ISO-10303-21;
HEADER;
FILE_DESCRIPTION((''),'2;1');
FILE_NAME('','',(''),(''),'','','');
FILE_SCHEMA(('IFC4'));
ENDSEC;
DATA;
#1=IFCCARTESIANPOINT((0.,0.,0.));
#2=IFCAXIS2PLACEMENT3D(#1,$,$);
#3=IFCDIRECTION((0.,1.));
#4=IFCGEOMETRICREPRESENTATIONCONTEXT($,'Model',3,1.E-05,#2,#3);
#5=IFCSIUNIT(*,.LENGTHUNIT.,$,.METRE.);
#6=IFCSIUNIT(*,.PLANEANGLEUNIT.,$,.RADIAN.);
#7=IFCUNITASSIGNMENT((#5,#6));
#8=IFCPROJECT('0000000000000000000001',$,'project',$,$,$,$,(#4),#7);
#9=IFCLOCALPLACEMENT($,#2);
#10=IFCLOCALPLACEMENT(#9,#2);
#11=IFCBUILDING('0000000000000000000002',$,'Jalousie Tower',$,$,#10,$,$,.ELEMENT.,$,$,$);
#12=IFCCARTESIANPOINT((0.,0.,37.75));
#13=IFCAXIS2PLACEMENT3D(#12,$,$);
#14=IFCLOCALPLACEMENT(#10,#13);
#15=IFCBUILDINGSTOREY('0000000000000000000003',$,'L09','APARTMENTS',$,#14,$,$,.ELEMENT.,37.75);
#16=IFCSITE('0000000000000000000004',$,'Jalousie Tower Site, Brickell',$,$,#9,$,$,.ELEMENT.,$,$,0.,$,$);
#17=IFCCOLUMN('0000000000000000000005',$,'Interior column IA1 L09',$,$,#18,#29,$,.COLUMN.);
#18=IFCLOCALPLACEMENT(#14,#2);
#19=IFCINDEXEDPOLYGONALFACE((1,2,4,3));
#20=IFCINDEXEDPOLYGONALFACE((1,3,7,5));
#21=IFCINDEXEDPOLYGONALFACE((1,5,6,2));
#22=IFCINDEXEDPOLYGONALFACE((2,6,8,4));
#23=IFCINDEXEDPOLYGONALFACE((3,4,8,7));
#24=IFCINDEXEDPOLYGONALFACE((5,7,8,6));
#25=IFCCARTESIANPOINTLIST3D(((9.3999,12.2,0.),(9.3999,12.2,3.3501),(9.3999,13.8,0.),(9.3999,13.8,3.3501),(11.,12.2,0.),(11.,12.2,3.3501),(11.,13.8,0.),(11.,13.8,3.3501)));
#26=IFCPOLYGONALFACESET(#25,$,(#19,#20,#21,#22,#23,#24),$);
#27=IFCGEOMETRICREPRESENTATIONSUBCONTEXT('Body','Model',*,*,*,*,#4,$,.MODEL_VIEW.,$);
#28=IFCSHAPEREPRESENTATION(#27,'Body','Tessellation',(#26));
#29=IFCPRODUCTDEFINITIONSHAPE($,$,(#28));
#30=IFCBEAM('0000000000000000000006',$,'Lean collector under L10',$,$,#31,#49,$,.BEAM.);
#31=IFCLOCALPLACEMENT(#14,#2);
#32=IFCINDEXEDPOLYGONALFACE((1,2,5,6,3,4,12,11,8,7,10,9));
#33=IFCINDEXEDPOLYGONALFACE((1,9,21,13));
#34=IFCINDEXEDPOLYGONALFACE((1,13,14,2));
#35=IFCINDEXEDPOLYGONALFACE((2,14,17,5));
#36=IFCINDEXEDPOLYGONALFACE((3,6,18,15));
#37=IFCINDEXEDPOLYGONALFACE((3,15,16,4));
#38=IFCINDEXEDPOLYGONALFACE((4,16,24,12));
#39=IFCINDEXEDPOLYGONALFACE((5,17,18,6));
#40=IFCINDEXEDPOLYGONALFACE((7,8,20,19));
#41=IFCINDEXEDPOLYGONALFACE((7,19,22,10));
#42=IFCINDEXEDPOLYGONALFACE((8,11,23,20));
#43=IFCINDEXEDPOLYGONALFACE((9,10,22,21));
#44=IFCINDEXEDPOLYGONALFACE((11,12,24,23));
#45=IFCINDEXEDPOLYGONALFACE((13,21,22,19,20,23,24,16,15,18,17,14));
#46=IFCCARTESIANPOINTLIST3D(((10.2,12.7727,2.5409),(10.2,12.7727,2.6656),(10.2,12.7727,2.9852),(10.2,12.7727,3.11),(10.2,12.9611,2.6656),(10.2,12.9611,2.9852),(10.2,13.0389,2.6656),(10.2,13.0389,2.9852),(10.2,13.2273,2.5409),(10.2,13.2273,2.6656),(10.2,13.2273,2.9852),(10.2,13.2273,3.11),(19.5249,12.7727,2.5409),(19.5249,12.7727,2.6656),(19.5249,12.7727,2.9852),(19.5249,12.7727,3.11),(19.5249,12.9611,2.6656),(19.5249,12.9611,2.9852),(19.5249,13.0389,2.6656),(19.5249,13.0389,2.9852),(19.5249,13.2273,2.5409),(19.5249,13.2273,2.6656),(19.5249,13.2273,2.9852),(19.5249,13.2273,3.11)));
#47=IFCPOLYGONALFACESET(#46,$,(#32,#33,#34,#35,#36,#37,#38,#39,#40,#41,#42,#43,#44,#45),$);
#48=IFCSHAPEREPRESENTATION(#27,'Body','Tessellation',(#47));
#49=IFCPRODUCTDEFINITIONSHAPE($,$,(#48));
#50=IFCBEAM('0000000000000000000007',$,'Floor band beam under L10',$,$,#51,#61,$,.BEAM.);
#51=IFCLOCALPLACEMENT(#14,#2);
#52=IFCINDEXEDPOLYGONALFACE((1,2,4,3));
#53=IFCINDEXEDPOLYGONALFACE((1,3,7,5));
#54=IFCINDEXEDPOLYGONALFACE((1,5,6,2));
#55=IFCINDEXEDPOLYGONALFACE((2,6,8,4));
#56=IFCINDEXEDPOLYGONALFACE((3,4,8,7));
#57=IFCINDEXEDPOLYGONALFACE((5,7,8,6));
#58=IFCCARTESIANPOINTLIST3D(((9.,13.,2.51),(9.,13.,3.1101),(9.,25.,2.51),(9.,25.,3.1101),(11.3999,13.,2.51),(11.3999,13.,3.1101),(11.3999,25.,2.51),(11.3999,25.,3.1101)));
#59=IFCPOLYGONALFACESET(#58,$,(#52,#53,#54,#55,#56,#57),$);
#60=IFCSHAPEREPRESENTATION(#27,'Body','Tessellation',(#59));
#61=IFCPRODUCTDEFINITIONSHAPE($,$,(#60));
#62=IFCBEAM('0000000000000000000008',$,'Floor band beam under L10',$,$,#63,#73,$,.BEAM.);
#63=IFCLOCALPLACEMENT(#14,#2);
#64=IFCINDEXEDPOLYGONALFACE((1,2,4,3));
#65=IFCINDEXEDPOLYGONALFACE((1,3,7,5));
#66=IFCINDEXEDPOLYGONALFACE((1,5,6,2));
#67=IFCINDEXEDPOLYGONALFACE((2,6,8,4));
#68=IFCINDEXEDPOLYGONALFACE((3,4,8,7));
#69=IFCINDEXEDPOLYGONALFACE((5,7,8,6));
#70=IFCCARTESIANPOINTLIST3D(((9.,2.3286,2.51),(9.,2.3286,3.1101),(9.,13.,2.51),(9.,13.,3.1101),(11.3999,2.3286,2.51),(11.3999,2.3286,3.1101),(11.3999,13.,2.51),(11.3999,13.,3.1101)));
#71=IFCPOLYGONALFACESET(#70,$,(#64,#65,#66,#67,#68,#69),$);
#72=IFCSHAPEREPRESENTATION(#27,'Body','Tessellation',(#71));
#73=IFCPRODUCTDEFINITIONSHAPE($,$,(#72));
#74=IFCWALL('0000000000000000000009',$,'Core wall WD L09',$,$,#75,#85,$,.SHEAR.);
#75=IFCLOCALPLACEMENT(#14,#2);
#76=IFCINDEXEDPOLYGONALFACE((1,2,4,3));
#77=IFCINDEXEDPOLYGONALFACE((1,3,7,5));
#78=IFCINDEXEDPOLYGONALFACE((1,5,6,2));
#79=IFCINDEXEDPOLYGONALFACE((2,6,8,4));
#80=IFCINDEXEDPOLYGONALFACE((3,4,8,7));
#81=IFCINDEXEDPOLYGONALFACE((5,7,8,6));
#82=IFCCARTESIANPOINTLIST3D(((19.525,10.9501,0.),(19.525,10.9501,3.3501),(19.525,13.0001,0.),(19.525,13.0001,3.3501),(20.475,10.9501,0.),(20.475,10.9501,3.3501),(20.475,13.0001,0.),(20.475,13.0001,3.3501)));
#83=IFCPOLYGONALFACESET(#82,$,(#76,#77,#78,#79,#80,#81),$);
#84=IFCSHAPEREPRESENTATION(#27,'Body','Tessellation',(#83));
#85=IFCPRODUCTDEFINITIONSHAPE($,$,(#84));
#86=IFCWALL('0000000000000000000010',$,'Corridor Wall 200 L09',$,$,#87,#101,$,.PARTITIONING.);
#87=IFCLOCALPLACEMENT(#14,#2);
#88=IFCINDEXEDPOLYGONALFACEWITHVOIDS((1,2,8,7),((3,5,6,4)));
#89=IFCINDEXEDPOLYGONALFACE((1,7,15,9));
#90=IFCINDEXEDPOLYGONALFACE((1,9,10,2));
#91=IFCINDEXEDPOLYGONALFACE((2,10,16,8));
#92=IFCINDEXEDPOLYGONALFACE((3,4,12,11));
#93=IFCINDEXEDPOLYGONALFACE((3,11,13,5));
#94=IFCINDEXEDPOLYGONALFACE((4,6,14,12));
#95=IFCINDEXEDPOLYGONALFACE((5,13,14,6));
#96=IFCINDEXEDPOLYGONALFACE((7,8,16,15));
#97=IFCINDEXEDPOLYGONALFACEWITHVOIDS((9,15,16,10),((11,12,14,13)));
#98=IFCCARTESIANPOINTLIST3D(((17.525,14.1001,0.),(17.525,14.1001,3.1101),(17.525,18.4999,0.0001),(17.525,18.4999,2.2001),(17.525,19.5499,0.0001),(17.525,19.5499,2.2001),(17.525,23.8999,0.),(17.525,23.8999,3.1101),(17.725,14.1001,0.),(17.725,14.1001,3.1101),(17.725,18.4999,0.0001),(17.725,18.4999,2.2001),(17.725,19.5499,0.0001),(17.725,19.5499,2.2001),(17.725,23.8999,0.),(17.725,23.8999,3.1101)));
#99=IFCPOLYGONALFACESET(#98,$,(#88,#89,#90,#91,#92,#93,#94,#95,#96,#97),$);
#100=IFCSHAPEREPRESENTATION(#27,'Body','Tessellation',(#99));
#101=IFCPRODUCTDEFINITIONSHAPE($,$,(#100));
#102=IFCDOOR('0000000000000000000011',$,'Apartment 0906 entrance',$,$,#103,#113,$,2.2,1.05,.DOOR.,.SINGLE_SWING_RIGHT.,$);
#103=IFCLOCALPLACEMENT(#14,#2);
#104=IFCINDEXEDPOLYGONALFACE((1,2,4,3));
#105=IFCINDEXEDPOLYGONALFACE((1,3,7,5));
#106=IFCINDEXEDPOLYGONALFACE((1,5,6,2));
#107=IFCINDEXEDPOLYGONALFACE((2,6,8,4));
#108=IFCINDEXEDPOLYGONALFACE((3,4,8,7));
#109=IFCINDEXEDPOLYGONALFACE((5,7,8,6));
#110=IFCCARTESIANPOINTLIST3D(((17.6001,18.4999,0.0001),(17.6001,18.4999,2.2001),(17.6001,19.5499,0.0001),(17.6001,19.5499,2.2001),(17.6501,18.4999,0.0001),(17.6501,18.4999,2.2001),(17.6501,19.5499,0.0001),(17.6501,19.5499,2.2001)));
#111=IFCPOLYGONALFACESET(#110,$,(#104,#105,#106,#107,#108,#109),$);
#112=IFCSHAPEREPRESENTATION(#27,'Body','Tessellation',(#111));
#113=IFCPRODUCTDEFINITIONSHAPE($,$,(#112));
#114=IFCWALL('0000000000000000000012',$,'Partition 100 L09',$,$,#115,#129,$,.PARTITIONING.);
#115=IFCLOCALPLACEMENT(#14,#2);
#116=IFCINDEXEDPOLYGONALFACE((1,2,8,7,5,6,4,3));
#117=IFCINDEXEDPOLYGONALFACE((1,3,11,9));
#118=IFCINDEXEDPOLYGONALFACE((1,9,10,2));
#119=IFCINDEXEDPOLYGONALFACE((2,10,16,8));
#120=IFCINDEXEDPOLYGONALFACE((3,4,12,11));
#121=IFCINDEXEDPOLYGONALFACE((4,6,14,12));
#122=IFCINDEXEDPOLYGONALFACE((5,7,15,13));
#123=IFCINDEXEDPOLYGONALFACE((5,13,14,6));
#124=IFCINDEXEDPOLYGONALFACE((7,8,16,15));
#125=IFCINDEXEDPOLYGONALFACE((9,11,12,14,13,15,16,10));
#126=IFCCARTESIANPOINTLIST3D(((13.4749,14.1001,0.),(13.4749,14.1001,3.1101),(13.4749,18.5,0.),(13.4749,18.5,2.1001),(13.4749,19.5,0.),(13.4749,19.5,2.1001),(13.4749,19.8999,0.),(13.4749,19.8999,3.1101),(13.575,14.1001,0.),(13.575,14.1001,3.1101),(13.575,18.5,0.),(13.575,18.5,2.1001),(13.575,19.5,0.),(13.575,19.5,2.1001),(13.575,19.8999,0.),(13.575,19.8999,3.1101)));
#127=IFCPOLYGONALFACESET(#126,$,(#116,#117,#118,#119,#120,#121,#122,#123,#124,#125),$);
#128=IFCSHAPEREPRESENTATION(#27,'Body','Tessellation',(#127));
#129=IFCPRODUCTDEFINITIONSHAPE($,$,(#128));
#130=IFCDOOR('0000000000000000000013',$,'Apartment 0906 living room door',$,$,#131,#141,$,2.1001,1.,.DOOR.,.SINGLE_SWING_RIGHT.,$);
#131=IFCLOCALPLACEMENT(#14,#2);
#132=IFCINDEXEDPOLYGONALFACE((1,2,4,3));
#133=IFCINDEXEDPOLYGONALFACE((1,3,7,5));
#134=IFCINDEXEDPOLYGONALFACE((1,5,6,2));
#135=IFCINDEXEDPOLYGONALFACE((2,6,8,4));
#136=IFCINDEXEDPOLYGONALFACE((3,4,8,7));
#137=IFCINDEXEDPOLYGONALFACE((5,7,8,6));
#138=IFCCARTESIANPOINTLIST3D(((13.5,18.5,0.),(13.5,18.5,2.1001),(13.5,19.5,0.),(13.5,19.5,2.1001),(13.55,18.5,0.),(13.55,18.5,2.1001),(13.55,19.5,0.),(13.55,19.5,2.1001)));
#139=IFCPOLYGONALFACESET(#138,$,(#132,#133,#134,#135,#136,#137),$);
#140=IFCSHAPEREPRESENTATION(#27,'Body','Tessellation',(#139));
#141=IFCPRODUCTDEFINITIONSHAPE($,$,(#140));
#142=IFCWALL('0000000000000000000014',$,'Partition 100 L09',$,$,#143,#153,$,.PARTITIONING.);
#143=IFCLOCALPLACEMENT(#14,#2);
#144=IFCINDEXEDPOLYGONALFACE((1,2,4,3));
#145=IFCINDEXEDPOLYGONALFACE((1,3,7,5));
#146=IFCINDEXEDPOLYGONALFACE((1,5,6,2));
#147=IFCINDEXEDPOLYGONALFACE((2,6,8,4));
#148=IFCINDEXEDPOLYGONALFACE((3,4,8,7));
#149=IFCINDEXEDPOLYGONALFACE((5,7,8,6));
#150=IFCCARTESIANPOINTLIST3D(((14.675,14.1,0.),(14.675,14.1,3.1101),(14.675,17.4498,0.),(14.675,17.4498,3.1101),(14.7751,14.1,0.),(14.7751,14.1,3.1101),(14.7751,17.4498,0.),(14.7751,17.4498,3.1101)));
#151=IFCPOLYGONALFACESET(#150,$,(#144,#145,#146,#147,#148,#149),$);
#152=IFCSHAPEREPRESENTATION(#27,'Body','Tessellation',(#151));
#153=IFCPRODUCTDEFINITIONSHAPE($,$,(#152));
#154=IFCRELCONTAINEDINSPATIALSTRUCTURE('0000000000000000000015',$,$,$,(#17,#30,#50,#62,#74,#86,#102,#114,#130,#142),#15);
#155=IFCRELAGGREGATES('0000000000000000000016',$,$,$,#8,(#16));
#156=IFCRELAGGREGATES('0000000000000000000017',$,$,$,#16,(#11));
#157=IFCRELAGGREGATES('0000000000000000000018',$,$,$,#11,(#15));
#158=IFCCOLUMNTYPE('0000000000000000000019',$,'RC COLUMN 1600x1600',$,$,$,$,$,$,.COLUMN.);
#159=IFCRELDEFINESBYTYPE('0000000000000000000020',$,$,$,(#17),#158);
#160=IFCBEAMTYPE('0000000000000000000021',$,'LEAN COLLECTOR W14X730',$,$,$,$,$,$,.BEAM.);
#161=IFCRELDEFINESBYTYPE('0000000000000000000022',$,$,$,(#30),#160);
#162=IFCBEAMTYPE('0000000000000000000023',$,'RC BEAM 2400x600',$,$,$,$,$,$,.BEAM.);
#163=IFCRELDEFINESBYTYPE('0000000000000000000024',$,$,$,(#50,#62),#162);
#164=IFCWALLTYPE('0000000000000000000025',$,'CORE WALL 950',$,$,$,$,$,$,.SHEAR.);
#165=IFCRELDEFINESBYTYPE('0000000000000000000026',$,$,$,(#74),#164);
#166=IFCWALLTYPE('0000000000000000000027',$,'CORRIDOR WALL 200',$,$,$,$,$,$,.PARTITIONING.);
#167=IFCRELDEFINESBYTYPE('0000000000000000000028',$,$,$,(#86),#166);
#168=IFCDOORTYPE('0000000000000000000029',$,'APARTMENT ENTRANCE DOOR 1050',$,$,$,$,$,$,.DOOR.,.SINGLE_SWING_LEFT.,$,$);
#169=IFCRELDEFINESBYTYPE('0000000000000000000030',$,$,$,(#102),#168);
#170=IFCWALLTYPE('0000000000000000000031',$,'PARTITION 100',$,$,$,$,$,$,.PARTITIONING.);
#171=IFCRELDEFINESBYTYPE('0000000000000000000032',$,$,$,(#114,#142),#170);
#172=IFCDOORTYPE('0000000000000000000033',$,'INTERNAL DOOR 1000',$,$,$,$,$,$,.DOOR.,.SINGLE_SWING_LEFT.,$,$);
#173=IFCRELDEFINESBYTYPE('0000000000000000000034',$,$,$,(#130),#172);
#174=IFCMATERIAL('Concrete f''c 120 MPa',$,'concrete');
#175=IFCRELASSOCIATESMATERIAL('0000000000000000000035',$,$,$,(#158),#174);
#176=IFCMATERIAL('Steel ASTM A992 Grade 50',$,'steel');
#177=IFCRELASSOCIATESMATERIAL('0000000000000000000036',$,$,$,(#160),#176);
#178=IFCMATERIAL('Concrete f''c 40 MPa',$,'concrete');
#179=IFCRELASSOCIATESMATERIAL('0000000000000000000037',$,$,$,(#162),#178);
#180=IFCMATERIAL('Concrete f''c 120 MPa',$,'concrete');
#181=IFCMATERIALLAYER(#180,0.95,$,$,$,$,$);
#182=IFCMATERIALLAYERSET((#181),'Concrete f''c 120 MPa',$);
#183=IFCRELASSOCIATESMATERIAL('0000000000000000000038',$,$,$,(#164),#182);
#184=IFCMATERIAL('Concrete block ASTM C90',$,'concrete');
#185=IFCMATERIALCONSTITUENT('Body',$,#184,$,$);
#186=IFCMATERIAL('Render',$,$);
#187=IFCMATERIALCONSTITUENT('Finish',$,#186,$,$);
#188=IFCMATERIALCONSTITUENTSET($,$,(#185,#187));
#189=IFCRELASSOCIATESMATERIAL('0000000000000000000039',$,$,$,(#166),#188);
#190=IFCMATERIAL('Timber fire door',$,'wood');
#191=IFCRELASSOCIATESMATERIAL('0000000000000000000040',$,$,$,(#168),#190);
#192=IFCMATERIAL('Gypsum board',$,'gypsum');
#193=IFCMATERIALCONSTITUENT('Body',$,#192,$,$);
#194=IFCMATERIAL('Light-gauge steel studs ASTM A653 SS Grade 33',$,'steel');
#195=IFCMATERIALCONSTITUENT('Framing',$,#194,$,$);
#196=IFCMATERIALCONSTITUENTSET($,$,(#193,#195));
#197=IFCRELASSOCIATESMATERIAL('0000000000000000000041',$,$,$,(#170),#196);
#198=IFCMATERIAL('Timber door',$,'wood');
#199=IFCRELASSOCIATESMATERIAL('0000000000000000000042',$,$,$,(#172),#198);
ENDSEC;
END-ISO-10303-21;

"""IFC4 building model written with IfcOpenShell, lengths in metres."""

from ifc_helpers import new_model, si_unit, direction, frame, frame_2d, origin, origin_2d, place, context, subcontext, project, spatial, rectangle, i_section, extrude, material, layer, layer_set, constituent, constituent_set, material_profile, profile_set, type_object, element, fill, save


model = new_model("IFC4")

# Units and contexts
model_context = context("Model", 3, precision=1e-05, world=origin(), true_north=direction((0.0, 1.0)))
body_context = subcontext(model_context, "Body", "Model", "MODEL_VIEW")
ifc_project = project(units=[si_unit("LENGTHUNIT", "METRE"), si_unit("PLANEANGLEUNIT", "RADIAN")], contexts=[model_context])

# Site, building, storey
site_placement = place(None, origin())
site = spatial("IfcSite", under=ifc_project, at=site_placement, Name="Jalousie Tower Site, Brickell", CompositionType="ELEMENT", RefElevation=0.0)
building_placement = place(site_placement, origin())
building = spatial("IfcBuilding", under=site, at=building_placement, Name="Jalousie Tower", CompositionType="ELEMENT")
storey_placement = place(building_placement, frame((0.0, 0.0, 37.75)))
storey = spatial("IfcBuildingStorey", under=building, at=storey_placement, Name="L09", Description="APARTMENTS", CompositionType="ELEMENT", Elevation=37.75)

# Column
ifc_material_1 = material(Name="Concrete f'c 120 MPa", Category="concrete")
ifc_material_profile_1 = material_profile(ifc_material_1, rectangle(XDim=1.6001, YDim=1.6001, at=origin_2d()), Name="RC 1600x1600")
ifc_profile_set_1 = profile_set([ifc_material_profile_1], Name="Concrete f'c 120 MPa")
column_type = type_object("IfcColumnType", Name="RC COLUMN 1600x1600", PredefinedType="COLUMN", material=ifc_profile_set_1)
column_placement = place(storey_placement, frame((10.2, 13.0, 0.0), z_axis=(0.0, 0.0, 1.0), x_axis=(1.0, 0.0, 0.0)))
element("IfcColumn", 1, at=column_placement, inside=storey, type_object=column_type, Name="Interior column IA1 L09", PredefinedType="COLUMN", context=body_context, shape_type="SweptSolid", body=[
    extrude(rectangle(XDim=1.6001, YDim=1.6001, at=origin_2d()), origin(), (0.0, 0.0, 1.0), 3.3501),
])

# Beams
ifc_material_2 = material(Name="Steel ASTM A992 Grade 50", Category="steel")
ifc_material_profile_2 = material_profile(ifc_material_2, i_section(OverallWidth=0.4546, OverallDepth=0.5691, WebThickness=0.0779, FlangeThickness=0.1248, at=origin_2d()), Name="W14X730")
ifc_profile_set_2 = profile_set([ifc_material_profile_2], Name="Steel ASTM A992 Grade 50")
beam_type_1 = type_object("IfcBeamType", Name="LEAN COLLECTOR W14X730", PredefinedType="BEAM", material=ifc_profile_set_2)
beam_1_placement = place(storey_placement, frame((10.2, 13.0, 2.8254), z_axis=(1.0, 0.0, 0.0), x_axis=(0.0, 1.0, 0.0)))
element("IfcBeam", 2, at=beam_1_placement, inside=storey, type_object=beam_type_1, Name="Lean collector under L10", PredefinedType="BEAM", context=body_context, shape_type="SweptSolid", body=[
    extrude(i_section(OverallWidth=0.4546, OverallDepth=0.5691, WebThickness=0.0779, FlangeThickness=0.1248, at=origin_2d()), origin(), (0.0, 0.0, 1.0), 9.325),
])
ifc_material_3 = material(Name="Concrete f'c 40 MPa", Category="concrete")
ifc_material_profile_3 = material_profile(ifc_material_3, rectangle(XDim=2.3999, YDim=0.6001, at=origin_2d()), Name="RC 2400x600")
ifc_profile_set_3 = profile_set([ifc_material_profile_3], Name="Concrete f'c 40 MPa")
beam_type_2 = type_object("IfcBeamType", Name="RC BEAM 2400x600", PredefinedType="BEAM", material=ifc_profile_set_3)
beam_2_placement = place(storey_placement, frame((10.2, 13.0, 2.8101), z_axis=(0.0, 1.0, 0.0), x_axis=(-1.0, 0.0, 0.0)))
element("IfcBeam", 3, at=beam_2_placement, inside=storey, type_object=beam_type_2, Name="Floor band beam under L10", PredefinedType="BEAM", context=body_context, shape_type="SweptSolid", body=[
    extrude(rectangle(XDim=2.3999, YDim=0.6001, at=origin_2d()), origin(), (0.0, 0.0, 1.0), 12.0),
])
beam_3_placement = place(storey_placement, frame((10.2, 13.0, 2.8101), z_axis=(0.0, -1.0, 0.0), x_axis=(1.0, 0.0, 0.0)))
element("IfcBeam", 4, at=beam_3_placement, inside=storey, type_object=beam_type_2, Name="Floor band beam under L10", PredefinedType="BEAM", context=body_context, shape_type="SweptSolid", body=[
    extrude(rectangle(XDim=2.3999, YDim=0.6001, at=origin_2d()), origin(), (0.0, 0.0, 1.0), 10.6714),
])

# Wall
ifc_material_4 = material(Name="Concrete f'c 120 MPa", Category="concrete")
ifc_layer = layer(ifc_material_4, 0.95)
ifc_layer_set = layer_set([ifc_layer], Name="Concrete f'c 120 MPa")
wall_type_1 = type_object("IfcWallType", Name="CORE WALL 950", PredefinedType="SHEAR", material=ifc_layer_set)
wall_1_placement = place(storey_placement, frame((20.0, 13.0, 0.0), z_axis=(0.0, 0.0, 1.0), x_axis=(0.0, -1.0, 0.0)))
element("IfcWall", 5, at=wall_1_placement, inside=storey, type_object=wall_type_1, Name="Core wall WD L09", PredefinedType="SHEAR", context=body_context, shape_type="SweptSolid", body=[
    extrude(rectangle(XDim=2.05, YDim=0.95, at=frame_2d((1.0249, 0.0))), origin(), (0.0, 0.0, 1.0), 3.3501),
])

# Walls, openings, doors
ifc_material_5 = material(Name="Concrete block ASTM C90", Category="concrete")
ifc_constituent_1 = constituent(ifc_material_5, Name="Body")
ifc_material_6 = material(Name="Render")
ifc_constituent_2 = constituent(ifc_material_6, Name="Finish")
ifc_constituent_set_1 = constituent_set(constituents=[ifc_constituent_1, ifc_constituent_2])
wall_type_2 = type_object("IfcWallType", Name="CORRIDOR WALL 200", PredefinedType="PARTITIONING", material=ifc_constituent_set_1)
wall_2_placement = place(storey_placement, frame((17.625, 14.1001, 0.0), z_axis=(0.0, 0.0, 1.0), x_axis=(0.0, 1.0, 0.0)))
wall_2 = element("IfcWall", 6, at=wall_2_placement, inside=storey, type_object=wall_type_2, Name="Corridor Wall 200 L09", PredefinedType="PARTITIONING", context=body_context, shape_type="SweptSolid", body=[
    extrude(rectangle(XDim=9.7998, YDim=0.2, at=frame_2d((4.8999, 0.0))), origin(), (0.0, 0.0, 1.0), 3.1101),
])
opening_1_placement = place(wall_2_placement, frame((4.3999, 0.0, 0.0)))
opening_1 = element("IfcOpeningElement", 7, at=opening_1_placement, cuts=wall_2, PredefinedType="OPENING", context=body_context, shape_type="SweptSolid", body=[
    extrude(rectangle(XDim=1.05, YDim=2.2, at=frame_2d((0.5249, 1.1001))), frame((0.0, 0.1099, 0.0), z_axis=(0.0, -1.0, 0.0), x_axis=(1.0, 0.0, 0.0)), (0.0, 0.0, 1.0), 0.22),
])
ifc_material_7 = material(Name="Timber fire door", Category="wood")
door_type_1 = type_object("IfcDoorType", Name="APARTMENT ENTRANCE DOOR 1050", OperationType="SINGLE_SWING_LEFT", PredefinedType="DOOR", material=ifc_material_7)
door_1_placement = place(opening_1_placement, origin())
door_1 = element("IfcDoor", 8, at=door_1_placement, inside=storey, type_object=door_type_1, Name="Apartment 0906 entrance", OperationType="SINGLE_SWING_RIGHT", OverallHeight=2.2, OverallWidth=1.05, PredefinedType="DOOR", context=body_context, shape_type="SweptSolid", body=[
    extrude(rectangle(XDim=1.05, YDim=2.2, at=frame_2d((0.5249, 1.1001))), frame((0.0, 0.0249, 0.0), z_axis=(0.0, -1.0, 0.0), x_axis=(1.0, 0.0, 0.0)), (0.0, 0.0, 1.0), 0.05),
])
fill(opening_1, door_1)
ifc_material_8 = material(Name="Gypsum board", Category="gypsum")
ifc_constituent_3 = constituent(ifc_material_8, Name="Body")
ifc_material_9 = material(Name="Light-gauge steel studs ASTM A653 SS Grade 33", Category="steel")
ifc_constituent_4 = constituent(ifc_material_9, Name="Framing")
ifc_constituent_set_2 = constituent_set(constituents=[ifc_constituent_3, ifc_constituent_4])
wall_type_3 = type_object("IfcWallType", Name="PARTITION 100", PredefinedType="PARTITIONING", material=ifc_constituent_set_2)
wall_3_placement = place(storey_placement, frame((13.5249, 14.1001, 0.0), z_axis=(0.0, 0.0, 1.0), x_axis=(0.0, 1.0, 0.0)))
wall_3 = element("IfcWall", 9, at=wall_3_placement, inside=storey, type_object=wall_type_3, Name="Partition 100 L09", PredefinedType="PARTITIONING", context=body_context, shape_type="SweptSolid", body=[
    extrude(rectangle(XDim=5.7998, YDim=0.1001, at=frame_2d((2.8999, 0.0))), origin(), (0.0, 0.0, 1.0), 3.1101),
])
opening_2_placement = place(wall_3_placement, frame((4.3999, 0.0, 0.0)))
opening_2 = element("IfcOpeningElement", 10, at=opening_2_placement, cuts=wall_3, PredefinedType="OPENING", context=body_context, shape_type="SweptSolid", body=[
    extrude(rectangle(XDim=1.0, YDim=2.1001, at=frame_2d((0.5, 1.05))), frame((0.0, 0.0601, 0.0), z_axis=(0.0, -1.0, 0.0), x_axis=(1.0, 0.0, 0.0)), (0.0, 0.0, 1.0), 0.1201),
])
ifc_material_10 = material(Name="Timber door", Category="wood")
door_type_2 = type_object("IfcDoorType", Name="INTERNAL DOOR 1000", OperationType="SINGLE_SWING_LEFT", PredefinedType="DOOR", material=ifc_material_10)
door_2_placement = place(opening_2_placement, origin())
door_2 = element("IfcDoor", 11, at=door_2_placement, inside=storey, type_object=door_type_2, Name="Apartment 0906 living room door", OperationType="SINGLE_SWING_RIGHT", OverallHeight=2.1001, OverallWidth=1.0, PredefinedType="DOOR", context=body_context, shape_type="SweptSolid", body=[
    extrude(rectangle(XDim=1.0, YDim=2.1001, at=frame_2d((0.5, 1.05))), frame((0.0, 0.0249, 0.0), z_axis=(0.0, -1.0, 0.0), x_axis=(1.0, 0.0, 0.0)), (0.0, 0.0, 1.0), 0.05),
])
fill(opening_2, door_2)

# Wall
wall_4_placement = place(storey_placement, frame((14.7251, 14.1001, 0.0), z_axis=(0.0, 0.0, 1.0), x_axis=(0.0, 1.0, 0.0)))
element("IfcWall", 12, at=wall_4_placement, inside=storey, type_object=wall_type_3, Name="Partition 100 L09", PredefinedType="PARTITIONING", context=body_context, shape_type="SweptSolid", body=[
    extrude(rectangle(XDim=3.3499, YDim=0.1001, at=frame_2d((1.6748, 0.0))), origin(), (0.0, 0.0, 1.0), 3.1101),
])

save(model, "model.ifc")
